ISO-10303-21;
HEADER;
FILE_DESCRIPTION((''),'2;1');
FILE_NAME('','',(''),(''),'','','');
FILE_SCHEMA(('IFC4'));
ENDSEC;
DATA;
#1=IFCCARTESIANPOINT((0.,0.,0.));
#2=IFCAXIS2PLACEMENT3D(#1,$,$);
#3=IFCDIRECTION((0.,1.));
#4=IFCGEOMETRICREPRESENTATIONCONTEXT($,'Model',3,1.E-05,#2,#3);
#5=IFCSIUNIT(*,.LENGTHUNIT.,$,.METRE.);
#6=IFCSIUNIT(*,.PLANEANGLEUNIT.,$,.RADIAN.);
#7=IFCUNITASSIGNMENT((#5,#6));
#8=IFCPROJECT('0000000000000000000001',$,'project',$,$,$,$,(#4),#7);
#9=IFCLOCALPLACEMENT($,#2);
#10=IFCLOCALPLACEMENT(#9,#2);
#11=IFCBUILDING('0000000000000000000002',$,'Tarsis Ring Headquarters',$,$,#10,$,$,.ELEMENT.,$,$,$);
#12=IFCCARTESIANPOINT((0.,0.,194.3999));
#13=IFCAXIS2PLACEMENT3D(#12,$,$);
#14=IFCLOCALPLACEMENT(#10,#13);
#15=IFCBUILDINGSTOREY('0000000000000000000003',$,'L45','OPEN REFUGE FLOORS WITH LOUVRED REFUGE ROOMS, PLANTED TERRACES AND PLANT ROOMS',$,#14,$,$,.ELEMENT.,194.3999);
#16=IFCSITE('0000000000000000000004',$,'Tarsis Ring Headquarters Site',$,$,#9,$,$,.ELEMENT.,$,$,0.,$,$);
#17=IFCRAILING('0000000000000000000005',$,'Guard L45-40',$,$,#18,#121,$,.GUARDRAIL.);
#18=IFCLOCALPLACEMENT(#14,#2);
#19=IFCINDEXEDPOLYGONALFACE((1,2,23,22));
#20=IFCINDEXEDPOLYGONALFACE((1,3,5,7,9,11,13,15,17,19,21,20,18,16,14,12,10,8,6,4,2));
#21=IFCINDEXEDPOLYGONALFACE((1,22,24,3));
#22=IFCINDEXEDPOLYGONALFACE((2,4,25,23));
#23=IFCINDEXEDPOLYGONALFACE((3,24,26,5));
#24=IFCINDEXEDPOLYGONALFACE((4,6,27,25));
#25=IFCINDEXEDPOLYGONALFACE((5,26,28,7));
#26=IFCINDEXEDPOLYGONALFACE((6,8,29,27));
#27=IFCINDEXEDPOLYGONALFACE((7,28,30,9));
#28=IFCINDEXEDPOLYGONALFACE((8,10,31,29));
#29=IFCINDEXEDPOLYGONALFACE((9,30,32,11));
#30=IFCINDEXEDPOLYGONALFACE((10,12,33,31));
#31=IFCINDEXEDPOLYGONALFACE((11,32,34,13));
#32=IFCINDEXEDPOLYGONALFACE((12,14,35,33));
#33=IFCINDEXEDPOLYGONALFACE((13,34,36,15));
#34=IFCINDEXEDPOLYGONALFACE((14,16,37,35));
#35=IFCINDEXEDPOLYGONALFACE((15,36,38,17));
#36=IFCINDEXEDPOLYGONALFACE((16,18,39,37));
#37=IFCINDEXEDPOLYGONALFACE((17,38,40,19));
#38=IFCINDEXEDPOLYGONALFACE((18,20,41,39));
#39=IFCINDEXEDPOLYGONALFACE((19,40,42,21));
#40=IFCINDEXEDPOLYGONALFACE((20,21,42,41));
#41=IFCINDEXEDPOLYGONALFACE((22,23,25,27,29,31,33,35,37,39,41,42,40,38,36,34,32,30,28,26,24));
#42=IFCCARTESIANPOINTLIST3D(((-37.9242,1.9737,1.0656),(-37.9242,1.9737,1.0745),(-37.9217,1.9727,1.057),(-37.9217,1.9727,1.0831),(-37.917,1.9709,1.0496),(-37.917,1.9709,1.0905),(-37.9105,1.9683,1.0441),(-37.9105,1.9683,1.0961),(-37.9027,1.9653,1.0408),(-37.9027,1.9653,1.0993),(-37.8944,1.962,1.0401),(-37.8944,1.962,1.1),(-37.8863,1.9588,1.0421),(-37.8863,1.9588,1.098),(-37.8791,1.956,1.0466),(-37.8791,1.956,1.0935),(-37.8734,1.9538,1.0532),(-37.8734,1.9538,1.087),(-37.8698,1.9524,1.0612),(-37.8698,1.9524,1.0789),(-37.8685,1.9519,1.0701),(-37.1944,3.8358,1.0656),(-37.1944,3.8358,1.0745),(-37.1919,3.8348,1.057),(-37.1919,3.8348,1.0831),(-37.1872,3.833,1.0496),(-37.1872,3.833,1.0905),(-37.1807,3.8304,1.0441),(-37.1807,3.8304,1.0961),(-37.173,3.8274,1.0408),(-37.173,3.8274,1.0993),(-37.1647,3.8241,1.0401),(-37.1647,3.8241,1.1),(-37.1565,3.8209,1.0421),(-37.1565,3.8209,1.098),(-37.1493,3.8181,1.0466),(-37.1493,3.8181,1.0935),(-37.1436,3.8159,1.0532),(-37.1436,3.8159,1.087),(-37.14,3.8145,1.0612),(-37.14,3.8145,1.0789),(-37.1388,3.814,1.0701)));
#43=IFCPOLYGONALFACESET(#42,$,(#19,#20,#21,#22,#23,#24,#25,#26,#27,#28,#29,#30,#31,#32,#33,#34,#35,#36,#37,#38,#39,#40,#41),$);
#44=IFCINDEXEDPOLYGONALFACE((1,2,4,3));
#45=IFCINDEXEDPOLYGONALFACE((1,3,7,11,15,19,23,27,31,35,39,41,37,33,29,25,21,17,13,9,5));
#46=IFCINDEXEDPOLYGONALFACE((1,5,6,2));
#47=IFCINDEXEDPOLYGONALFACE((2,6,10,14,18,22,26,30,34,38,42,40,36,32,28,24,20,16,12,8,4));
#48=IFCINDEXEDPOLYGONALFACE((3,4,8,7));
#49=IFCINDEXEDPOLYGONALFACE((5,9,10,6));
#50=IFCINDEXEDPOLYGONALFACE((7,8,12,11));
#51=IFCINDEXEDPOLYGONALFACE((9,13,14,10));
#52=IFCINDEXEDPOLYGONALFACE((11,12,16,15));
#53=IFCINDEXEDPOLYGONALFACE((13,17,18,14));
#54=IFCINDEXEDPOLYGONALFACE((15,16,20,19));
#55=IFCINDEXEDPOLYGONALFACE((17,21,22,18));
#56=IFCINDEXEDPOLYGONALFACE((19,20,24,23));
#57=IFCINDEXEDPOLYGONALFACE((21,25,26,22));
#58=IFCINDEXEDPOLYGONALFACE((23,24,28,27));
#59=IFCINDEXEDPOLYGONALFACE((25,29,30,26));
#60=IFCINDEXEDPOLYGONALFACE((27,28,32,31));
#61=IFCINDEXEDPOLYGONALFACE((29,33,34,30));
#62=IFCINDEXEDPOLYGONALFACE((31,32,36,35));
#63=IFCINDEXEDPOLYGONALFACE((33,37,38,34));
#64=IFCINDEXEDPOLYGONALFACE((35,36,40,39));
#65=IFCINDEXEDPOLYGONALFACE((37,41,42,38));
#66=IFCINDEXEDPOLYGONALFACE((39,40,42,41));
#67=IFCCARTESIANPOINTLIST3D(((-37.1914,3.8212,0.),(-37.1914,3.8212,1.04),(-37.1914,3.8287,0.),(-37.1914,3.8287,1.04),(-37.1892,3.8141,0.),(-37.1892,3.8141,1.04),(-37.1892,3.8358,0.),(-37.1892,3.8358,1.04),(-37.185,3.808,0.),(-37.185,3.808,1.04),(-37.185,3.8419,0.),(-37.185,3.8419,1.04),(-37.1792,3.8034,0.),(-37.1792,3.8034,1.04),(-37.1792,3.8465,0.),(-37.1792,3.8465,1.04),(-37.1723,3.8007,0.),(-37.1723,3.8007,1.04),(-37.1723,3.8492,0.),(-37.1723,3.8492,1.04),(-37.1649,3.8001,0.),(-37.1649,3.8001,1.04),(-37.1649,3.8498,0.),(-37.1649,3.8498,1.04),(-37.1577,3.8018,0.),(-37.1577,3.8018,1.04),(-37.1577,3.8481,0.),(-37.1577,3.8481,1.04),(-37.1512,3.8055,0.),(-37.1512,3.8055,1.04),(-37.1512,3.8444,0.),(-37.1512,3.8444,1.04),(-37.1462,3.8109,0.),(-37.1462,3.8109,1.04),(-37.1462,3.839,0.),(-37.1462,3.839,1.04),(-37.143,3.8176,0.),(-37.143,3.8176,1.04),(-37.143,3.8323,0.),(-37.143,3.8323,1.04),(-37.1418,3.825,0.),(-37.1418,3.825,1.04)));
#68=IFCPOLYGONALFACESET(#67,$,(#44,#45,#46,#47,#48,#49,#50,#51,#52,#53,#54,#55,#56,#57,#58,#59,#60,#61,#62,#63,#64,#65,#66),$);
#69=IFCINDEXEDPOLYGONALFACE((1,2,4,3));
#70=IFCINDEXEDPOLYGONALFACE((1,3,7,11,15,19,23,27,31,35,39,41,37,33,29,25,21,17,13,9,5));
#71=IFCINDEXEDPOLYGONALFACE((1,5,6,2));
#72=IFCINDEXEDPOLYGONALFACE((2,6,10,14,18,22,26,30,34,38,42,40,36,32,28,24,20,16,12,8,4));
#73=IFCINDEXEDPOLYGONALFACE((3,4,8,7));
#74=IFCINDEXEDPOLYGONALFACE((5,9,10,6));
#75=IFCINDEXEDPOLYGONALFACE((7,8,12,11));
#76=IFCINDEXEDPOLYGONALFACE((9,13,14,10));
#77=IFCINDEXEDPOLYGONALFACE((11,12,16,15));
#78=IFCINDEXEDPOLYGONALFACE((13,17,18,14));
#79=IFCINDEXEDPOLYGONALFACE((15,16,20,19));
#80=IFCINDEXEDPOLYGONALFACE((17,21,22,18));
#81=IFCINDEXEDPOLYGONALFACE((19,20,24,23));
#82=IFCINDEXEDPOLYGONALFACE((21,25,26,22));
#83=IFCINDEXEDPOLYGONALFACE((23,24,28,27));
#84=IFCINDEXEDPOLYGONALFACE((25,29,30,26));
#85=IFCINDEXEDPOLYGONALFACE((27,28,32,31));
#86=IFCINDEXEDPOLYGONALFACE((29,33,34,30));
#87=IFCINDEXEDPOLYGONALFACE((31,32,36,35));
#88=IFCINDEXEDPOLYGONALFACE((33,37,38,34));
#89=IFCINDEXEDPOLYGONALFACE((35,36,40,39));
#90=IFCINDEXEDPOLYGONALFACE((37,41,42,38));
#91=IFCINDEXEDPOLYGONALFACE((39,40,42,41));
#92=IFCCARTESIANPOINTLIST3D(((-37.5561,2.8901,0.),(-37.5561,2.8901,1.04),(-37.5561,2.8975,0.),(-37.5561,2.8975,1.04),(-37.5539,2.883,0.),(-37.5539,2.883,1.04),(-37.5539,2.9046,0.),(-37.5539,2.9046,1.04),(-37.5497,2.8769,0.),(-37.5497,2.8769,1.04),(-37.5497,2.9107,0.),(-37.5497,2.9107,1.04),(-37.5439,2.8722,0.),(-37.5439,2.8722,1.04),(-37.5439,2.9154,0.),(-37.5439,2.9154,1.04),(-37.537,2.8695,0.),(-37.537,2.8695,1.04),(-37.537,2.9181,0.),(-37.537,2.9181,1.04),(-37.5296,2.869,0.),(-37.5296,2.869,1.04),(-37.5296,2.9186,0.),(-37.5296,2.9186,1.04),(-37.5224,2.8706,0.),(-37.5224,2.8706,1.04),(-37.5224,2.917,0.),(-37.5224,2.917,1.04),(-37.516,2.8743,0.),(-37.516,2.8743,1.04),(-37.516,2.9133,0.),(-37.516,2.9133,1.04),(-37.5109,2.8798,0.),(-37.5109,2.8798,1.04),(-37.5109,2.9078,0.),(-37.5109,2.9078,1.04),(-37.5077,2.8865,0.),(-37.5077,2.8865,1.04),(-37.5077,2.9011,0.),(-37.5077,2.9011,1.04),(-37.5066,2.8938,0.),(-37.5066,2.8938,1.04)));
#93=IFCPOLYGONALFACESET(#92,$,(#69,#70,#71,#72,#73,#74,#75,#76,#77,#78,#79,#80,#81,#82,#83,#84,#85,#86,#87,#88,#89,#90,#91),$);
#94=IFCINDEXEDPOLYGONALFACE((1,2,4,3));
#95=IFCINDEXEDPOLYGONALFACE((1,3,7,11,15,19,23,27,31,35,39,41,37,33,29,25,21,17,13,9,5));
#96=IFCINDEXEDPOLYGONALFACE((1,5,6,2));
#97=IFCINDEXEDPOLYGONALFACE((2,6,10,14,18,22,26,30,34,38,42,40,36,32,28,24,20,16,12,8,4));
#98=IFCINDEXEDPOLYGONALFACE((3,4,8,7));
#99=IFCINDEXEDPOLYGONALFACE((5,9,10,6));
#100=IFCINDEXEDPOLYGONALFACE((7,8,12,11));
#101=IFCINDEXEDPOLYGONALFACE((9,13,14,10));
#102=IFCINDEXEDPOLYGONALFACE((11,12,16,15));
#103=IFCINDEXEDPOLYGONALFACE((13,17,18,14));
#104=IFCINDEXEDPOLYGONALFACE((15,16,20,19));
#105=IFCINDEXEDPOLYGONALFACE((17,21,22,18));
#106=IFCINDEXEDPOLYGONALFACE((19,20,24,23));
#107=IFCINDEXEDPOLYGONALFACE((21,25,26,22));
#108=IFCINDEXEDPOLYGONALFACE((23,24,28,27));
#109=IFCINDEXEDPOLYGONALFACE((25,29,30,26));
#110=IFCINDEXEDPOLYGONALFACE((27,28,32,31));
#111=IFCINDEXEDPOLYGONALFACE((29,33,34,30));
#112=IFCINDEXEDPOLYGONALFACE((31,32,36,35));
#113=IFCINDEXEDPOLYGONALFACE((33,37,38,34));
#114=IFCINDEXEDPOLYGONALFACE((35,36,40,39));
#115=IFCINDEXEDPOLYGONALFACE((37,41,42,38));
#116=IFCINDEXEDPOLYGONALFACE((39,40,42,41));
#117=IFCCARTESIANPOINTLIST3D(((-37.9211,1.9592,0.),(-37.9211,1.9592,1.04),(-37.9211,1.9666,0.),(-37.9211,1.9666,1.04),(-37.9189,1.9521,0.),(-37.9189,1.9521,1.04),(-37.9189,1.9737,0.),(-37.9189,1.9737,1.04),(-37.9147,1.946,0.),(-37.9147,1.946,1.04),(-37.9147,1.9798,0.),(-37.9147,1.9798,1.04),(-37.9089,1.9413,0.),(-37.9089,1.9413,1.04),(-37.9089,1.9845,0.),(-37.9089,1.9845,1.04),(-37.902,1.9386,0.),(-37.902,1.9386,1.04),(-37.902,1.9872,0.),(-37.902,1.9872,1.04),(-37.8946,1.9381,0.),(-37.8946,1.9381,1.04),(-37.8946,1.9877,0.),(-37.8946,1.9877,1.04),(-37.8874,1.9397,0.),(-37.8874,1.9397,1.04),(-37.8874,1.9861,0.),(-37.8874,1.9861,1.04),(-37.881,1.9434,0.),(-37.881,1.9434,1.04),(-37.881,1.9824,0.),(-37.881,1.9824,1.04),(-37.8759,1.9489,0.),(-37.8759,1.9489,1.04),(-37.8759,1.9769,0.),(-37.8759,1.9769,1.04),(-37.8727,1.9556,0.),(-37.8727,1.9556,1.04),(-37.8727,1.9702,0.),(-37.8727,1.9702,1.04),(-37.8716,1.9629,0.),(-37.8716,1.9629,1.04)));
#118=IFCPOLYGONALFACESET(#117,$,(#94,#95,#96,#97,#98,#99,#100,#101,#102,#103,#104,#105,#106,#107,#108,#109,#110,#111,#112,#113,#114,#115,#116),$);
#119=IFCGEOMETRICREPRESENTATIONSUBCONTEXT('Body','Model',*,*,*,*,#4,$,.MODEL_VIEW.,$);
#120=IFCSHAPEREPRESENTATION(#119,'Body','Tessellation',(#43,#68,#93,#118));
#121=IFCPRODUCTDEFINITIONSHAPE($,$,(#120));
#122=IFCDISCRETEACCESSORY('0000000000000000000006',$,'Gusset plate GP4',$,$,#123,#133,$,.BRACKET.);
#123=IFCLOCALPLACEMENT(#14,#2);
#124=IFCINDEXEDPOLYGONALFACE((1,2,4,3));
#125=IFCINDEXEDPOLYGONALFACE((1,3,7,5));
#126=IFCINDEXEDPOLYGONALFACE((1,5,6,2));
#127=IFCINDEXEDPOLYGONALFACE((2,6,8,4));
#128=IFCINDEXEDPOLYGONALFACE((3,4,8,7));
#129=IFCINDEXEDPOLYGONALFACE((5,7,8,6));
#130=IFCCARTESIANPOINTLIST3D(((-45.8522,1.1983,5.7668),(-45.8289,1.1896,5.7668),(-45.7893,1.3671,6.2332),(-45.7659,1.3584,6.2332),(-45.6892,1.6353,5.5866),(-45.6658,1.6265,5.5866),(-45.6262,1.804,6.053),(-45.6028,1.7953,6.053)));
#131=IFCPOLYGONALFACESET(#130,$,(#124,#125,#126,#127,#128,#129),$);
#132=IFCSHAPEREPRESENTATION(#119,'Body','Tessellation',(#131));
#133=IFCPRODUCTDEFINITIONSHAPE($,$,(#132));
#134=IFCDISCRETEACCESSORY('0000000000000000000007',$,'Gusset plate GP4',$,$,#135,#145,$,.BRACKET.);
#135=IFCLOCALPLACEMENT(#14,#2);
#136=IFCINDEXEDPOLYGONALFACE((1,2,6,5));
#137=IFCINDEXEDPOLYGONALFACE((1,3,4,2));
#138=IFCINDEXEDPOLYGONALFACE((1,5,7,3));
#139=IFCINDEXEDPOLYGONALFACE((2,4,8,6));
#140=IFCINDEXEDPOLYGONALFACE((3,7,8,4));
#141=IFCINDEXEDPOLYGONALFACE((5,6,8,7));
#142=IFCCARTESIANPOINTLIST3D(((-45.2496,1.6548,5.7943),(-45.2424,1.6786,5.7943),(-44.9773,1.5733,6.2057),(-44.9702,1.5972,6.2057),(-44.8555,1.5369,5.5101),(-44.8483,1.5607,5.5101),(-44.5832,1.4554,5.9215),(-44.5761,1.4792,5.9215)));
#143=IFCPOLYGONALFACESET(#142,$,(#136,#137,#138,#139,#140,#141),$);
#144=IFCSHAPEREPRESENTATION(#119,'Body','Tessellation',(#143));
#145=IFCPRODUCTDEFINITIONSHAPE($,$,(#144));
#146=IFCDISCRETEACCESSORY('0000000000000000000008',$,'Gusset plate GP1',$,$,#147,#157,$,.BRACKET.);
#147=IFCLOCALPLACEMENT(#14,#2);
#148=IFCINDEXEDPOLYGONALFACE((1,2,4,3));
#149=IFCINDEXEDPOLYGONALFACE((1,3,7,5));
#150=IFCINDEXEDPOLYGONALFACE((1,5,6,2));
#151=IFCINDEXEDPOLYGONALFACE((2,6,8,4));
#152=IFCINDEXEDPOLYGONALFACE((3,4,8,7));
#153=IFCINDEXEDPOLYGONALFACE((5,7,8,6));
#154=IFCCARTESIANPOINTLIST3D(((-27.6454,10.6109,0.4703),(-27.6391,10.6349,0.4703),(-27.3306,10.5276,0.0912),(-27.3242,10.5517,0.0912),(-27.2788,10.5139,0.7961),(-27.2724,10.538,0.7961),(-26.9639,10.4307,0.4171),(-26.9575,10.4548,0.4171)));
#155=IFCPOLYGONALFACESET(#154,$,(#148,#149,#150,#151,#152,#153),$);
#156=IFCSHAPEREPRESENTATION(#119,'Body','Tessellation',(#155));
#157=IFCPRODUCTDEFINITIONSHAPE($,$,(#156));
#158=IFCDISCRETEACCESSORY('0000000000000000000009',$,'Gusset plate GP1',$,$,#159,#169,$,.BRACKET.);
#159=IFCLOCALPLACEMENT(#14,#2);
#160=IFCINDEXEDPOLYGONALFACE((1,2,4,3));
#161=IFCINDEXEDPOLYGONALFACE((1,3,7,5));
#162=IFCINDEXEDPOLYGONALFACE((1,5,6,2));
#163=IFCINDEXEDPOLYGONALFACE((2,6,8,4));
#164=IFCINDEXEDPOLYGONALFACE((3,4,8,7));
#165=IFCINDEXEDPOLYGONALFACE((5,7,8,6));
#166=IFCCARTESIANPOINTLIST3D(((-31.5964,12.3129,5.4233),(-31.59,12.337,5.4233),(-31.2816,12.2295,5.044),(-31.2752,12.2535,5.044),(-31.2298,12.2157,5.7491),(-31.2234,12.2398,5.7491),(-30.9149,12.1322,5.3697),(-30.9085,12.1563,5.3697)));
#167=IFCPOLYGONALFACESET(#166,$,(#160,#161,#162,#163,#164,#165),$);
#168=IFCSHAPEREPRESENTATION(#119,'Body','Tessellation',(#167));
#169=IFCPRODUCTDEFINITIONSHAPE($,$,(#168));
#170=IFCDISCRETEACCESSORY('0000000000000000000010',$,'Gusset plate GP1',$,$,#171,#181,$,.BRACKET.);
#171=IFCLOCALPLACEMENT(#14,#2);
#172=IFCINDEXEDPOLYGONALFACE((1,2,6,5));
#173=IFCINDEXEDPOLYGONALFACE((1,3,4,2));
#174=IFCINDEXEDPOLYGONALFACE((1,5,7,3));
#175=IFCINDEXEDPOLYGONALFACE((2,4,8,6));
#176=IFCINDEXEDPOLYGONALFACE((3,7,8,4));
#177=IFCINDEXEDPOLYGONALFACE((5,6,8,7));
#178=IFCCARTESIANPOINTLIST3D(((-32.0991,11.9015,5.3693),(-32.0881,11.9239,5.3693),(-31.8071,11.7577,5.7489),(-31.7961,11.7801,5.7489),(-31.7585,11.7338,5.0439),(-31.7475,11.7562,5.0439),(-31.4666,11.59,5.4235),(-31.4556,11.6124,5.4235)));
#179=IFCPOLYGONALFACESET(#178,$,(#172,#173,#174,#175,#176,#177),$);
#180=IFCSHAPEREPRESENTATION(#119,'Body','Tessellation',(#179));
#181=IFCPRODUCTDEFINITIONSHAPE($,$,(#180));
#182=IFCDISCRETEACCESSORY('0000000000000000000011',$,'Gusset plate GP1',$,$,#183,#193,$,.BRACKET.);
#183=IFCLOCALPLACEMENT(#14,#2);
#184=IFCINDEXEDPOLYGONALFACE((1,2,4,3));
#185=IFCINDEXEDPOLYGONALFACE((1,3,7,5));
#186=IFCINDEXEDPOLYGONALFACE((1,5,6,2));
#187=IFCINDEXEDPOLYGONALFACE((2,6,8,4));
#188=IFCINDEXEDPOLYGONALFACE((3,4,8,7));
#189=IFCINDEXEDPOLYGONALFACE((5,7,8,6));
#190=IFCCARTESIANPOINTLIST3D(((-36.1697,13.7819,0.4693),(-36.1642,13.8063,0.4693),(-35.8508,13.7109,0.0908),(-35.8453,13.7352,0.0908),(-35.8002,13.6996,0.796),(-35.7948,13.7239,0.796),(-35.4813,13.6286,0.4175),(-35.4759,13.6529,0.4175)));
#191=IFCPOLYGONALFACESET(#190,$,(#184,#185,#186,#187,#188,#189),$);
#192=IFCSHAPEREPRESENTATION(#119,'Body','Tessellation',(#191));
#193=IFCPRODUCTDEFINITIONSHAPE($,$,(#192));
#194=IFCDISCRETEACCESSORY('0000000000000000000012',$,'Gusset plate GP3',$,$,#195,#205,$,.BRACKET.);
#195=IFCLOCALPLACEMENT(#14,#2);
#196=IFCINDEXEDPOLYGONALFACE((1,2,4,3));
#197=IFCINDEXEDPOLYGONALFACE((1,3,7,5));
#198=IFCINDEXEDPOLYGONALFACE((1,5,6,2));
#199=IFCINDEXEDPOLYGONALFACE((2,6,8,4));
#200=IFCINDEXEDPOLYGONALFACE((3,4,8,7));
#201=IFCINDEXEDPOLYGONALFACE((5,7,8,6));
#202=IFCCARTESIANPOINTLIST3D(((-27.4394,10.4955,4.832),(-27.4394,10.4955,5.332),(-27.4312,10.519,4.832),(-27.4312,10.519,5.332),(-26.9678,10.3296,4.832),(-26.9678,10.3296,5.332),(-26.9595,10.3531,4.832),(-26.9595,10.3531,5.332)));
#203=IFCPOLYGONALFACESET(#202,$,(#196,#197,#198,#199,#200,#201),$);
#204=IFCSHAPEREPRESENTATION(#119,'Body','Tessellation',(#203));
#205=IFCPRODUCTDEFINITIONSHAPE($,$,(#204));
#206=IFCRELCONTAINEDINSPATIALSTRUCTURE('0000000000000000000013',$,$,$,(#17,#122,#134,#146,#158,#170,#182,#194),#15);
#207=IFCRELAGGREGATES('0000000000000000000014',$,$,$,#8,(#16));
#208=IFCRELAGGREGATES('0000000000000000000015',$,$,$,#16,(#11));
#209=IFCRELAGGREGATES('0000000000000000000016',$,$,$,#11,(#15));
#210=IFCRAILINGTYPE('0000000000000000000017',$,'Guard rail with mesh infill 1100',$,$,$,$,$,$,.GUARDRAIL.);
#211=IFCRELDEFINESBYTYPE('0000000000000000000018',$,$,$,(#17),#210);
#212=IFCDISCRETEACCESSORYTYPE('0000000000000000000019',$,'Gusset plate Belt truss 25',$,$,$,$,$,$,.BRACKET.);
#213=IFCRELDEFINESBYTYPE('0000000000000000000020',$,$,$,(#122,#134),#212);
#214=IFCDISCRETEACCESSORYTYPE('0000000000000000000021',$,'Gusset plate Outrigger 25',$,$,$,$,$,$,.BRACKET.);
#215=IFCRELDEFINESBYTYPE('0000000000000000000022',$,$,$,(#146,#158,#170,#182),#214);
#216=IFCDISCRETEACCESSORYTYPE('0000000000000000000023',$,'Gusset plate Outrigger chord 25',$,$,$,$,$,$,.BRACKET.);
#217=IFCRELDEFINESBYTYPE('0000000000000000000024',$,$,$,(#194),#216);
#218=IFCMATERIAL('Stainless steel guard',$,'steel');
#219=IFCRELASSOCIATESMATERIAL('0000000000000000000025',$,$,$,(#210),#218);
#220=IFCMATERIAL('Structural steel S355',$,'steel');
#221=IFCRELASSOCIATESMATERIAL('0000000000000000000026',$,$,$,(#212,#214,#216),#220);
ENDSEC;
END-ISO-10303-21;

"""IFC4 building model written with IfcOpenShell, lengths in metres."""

from ifc_helpers import new_model, si_unit, direction, frame, origin, origin_2d, place, context, subcontext, project, spatial, rectangle, circle, extrude, material, material_profile, profile_set, type_object, element, save


model = new_model("IFC4")

# Units and contexts
model_context = context("Model", 3, precision=1e-05, world=origin(), true_north=direction((0.0, 1.0)))
body_context = subcontext(model_context, "Body", "Model", "MODEL_VIEW")
ifc_project = project(units=[si_unit("LENGTHUNIT", "METRE"), si_unit("PLANEANGLEUNIT", "RADIAN")], contexts=[model_context])

# Site, building, storey
site_placement = place(None, origin())
site = spatial("IfcSite", under=ifc_project, at=site_placement, Name="Tarsis Ring Headquarters Site", CompositionType="ELEMENT", RefElevation=0.0)
building_placement = place(site_placement, origin())
building = spatial("IfcBuilding", under=site, at=building_placement, Name="Tarsis Ring Headquarters", CompositionType="ELEMENT")
storey_placement = place(building_placement, frame((0.0, 0.0, 194.3999)))
storey = spatial("IfcBuildingStorey", under=building, at=storey_placement, Name="L45", Description="OPEN REFUGE FLOORS WITH LOUVRED REFUGE ROOMS, PLANTED TERRACES AND PLANT ROOMS", CompositionType="ELEMENT", Elevation=194.3999)

# Shared definitions
ifc_material_1 = material(Name="Structural steel S355", Category="steel")

# Railing
ifc_material_2 = material(Name="Stainless steel guard", Category="steel")
railing_type_1 = type_object("IfcRailingType", Name="Guard rail with mesh infill 1100", PredefinedType="GUARDRAIL", material=ifc_material_2)
railing_1_placement = place(storey_placement, frame((-37.1667, 3.825, 0.0)))
element("IfcRailing", 1, at=railing_1_placement, inside=storey, type_object=railing_type_1, Name="Guard L45-40", PredefinedType="GUARDRAIL", context=body_context, shape_type="SweptSolid", body=[
    extrude(circle(Radius=0.03, at=origin_2d()), frame((0.0, 0.0, 1.0701), z_axis=(-0.364878, -0.931055, 0.0), x_axis=(0.931055, -0.364878, 0.0)), (0.0, 0.0, 1.0), 2.0),
    extrude(circle(Radius=0.0249, at=origin_2d()), origin(), (0.0, 0.0, 1.0), 1.04),
    extrude(circle(Radius=0.0249, at=origin_2d()), frame((-0.3647, -0.9312, 0.0)), (0.0, 0.0, 1.0), 1.04),
    extrude(circle(Radius=0.0249, at=origin_2d()), frame((-0.7297, -1.8621, 0.0)), (0.0, 0.0, 1.0), 1.04),
])

# Discrete accessories
ifc_material_profile_1 = material_profile(ifc_material_1, rectangle(XDim=0.0249, YDim=0.5, at=origin_2d()), Name="PL 25x500")
ifc_profile_set_1 = profile_set([ifc_material_profile_1], Name="Structural steel S355")
discrete_accessory_type_1 = type_object("IfcDiscreteAccessoryType", Name="Gusset plate Belt truss 25", PredefinedType="BRACKET", material=ifc_profile_set_1)
for number, where, z_axis, x_axis, name in (
    (2, (-45.8091, 1.2783, 6.0), (0.326146, 0.873954, -0.360323), (-0.936887, 0.349632, 0.0), "Gusset plate GP4"),
    (3, (-45.1099, 1.626, 6.0), (0.788191, -0.235871, -0.568435), (0.286694, 0.958022, 0.0), "Gusset plate GP4"),
):
    element("IfcDiscreteAccessory", number, at=place(storey_placement, frame(where, z_axis=z_axis, x_axis=x_axis)), inside=storey, type_object=discrete_accessory_type_1, Name=name, PredefinedType="BRACKET", context=body_context, shape_type="SweptSolid", body=[
        extrude(rectangle(XDim=0.0249, YDim=0.5, at=origin_2d()), origin(), (0.0, 0.0, 1.0), 0.5),
    ])
discrete_accessory_type_2 = type_object("IfcDiscreteAccessoryType", Name="Gusset plate Outrigger 25", PredefinedType="BRACKET", material=ifc_profile_set_1)
discrete_accessory_1_placement = place(storey_placement, frame((-27.144, 10.4912, 0.2542), z_axis=(-0.630042, 0.166546, 0.758492), x_axis=(-0.255563, -0.966792, 0.0)))
element("IfcDiscreteAccessory", 4, at=discrete_accessory_1_placement, inside=storey, type_object=discrete_accessory_type_2, Name="Gusset plate GP1", PredefinedType="BRACKET", context=body_context, shape_type="SweptSolid", body=[
    extrude(rectangle(XDim=0.0249, YDim=0.5, at=origin_2d()), origin(), (0.0, 0.0, 1.0), 0.4998),
])
for number, where, z_axis, x_axis, name in (
    (5, (-31.4099, 12.2764, 5.5862), (0.629757, -0.166959, -0.758638), (0.256263, 0.966607, 0.0), "Gusset plate GP1"),
    (6, (-31.6313, 11.6851, 5.5862), (-0.583911, 0.287561, -0.759182), (-0.441805, -0.897111, 0.0), "Gusset plate GP1"),
    (7, (-35.6633, 13.6819, 0.2542), (-0.637808, 0.142115, 0.75697), (-0.217484, -0.976064, 0.0), "Gusset plate GP1"),
):
    element("IfcDiscreteAccessory", number, at=place(storey_placement, frame(where, z_axis=z_axis, x_axis=x_axis)), inside=storey, type_object=discrete_accessory_type_2, Name=name, PredefinedType="BRACKET", context=body_context, shape_type="SweptSolid", body=[
        extrude(rectangle(XDim=0.0249, YDim=0.5, at=origin_2d()), origin(), (0.0, 0.0, 1.0), 0.5),
    ])
discrete_accessory_type_3 = type_object("IfcDiscreteAccessoryType", Name="Gusset plate Outrigger chord 25", PredefinedType="BRACKET", material=ifc_profile_set_1)
discrete_accessory_2_placement = place(storey_placement, frame((-27.1995, 10.4243, 5.332), z_axis=(0.0, 0.0, -1.0), x_axis=(-0.331793, -0.943352, 0.0)))
element("IfcDiscreteAccessory", 8, at=discrete_accessory_2_placement, inside=storey, type_object=discrete_accessory_type_3, Name="Gusset plate GP3", PredefinedType="BRACKET", context=body_context, shape_type="SweptSolid", body=[
    extrude(rectangle(XDim=0.0249, YDim=0.5, at=origin_2d()), origin(), (0.0, 0.0, 1.0), 0.5),
])

save(model, "model.ifc")
